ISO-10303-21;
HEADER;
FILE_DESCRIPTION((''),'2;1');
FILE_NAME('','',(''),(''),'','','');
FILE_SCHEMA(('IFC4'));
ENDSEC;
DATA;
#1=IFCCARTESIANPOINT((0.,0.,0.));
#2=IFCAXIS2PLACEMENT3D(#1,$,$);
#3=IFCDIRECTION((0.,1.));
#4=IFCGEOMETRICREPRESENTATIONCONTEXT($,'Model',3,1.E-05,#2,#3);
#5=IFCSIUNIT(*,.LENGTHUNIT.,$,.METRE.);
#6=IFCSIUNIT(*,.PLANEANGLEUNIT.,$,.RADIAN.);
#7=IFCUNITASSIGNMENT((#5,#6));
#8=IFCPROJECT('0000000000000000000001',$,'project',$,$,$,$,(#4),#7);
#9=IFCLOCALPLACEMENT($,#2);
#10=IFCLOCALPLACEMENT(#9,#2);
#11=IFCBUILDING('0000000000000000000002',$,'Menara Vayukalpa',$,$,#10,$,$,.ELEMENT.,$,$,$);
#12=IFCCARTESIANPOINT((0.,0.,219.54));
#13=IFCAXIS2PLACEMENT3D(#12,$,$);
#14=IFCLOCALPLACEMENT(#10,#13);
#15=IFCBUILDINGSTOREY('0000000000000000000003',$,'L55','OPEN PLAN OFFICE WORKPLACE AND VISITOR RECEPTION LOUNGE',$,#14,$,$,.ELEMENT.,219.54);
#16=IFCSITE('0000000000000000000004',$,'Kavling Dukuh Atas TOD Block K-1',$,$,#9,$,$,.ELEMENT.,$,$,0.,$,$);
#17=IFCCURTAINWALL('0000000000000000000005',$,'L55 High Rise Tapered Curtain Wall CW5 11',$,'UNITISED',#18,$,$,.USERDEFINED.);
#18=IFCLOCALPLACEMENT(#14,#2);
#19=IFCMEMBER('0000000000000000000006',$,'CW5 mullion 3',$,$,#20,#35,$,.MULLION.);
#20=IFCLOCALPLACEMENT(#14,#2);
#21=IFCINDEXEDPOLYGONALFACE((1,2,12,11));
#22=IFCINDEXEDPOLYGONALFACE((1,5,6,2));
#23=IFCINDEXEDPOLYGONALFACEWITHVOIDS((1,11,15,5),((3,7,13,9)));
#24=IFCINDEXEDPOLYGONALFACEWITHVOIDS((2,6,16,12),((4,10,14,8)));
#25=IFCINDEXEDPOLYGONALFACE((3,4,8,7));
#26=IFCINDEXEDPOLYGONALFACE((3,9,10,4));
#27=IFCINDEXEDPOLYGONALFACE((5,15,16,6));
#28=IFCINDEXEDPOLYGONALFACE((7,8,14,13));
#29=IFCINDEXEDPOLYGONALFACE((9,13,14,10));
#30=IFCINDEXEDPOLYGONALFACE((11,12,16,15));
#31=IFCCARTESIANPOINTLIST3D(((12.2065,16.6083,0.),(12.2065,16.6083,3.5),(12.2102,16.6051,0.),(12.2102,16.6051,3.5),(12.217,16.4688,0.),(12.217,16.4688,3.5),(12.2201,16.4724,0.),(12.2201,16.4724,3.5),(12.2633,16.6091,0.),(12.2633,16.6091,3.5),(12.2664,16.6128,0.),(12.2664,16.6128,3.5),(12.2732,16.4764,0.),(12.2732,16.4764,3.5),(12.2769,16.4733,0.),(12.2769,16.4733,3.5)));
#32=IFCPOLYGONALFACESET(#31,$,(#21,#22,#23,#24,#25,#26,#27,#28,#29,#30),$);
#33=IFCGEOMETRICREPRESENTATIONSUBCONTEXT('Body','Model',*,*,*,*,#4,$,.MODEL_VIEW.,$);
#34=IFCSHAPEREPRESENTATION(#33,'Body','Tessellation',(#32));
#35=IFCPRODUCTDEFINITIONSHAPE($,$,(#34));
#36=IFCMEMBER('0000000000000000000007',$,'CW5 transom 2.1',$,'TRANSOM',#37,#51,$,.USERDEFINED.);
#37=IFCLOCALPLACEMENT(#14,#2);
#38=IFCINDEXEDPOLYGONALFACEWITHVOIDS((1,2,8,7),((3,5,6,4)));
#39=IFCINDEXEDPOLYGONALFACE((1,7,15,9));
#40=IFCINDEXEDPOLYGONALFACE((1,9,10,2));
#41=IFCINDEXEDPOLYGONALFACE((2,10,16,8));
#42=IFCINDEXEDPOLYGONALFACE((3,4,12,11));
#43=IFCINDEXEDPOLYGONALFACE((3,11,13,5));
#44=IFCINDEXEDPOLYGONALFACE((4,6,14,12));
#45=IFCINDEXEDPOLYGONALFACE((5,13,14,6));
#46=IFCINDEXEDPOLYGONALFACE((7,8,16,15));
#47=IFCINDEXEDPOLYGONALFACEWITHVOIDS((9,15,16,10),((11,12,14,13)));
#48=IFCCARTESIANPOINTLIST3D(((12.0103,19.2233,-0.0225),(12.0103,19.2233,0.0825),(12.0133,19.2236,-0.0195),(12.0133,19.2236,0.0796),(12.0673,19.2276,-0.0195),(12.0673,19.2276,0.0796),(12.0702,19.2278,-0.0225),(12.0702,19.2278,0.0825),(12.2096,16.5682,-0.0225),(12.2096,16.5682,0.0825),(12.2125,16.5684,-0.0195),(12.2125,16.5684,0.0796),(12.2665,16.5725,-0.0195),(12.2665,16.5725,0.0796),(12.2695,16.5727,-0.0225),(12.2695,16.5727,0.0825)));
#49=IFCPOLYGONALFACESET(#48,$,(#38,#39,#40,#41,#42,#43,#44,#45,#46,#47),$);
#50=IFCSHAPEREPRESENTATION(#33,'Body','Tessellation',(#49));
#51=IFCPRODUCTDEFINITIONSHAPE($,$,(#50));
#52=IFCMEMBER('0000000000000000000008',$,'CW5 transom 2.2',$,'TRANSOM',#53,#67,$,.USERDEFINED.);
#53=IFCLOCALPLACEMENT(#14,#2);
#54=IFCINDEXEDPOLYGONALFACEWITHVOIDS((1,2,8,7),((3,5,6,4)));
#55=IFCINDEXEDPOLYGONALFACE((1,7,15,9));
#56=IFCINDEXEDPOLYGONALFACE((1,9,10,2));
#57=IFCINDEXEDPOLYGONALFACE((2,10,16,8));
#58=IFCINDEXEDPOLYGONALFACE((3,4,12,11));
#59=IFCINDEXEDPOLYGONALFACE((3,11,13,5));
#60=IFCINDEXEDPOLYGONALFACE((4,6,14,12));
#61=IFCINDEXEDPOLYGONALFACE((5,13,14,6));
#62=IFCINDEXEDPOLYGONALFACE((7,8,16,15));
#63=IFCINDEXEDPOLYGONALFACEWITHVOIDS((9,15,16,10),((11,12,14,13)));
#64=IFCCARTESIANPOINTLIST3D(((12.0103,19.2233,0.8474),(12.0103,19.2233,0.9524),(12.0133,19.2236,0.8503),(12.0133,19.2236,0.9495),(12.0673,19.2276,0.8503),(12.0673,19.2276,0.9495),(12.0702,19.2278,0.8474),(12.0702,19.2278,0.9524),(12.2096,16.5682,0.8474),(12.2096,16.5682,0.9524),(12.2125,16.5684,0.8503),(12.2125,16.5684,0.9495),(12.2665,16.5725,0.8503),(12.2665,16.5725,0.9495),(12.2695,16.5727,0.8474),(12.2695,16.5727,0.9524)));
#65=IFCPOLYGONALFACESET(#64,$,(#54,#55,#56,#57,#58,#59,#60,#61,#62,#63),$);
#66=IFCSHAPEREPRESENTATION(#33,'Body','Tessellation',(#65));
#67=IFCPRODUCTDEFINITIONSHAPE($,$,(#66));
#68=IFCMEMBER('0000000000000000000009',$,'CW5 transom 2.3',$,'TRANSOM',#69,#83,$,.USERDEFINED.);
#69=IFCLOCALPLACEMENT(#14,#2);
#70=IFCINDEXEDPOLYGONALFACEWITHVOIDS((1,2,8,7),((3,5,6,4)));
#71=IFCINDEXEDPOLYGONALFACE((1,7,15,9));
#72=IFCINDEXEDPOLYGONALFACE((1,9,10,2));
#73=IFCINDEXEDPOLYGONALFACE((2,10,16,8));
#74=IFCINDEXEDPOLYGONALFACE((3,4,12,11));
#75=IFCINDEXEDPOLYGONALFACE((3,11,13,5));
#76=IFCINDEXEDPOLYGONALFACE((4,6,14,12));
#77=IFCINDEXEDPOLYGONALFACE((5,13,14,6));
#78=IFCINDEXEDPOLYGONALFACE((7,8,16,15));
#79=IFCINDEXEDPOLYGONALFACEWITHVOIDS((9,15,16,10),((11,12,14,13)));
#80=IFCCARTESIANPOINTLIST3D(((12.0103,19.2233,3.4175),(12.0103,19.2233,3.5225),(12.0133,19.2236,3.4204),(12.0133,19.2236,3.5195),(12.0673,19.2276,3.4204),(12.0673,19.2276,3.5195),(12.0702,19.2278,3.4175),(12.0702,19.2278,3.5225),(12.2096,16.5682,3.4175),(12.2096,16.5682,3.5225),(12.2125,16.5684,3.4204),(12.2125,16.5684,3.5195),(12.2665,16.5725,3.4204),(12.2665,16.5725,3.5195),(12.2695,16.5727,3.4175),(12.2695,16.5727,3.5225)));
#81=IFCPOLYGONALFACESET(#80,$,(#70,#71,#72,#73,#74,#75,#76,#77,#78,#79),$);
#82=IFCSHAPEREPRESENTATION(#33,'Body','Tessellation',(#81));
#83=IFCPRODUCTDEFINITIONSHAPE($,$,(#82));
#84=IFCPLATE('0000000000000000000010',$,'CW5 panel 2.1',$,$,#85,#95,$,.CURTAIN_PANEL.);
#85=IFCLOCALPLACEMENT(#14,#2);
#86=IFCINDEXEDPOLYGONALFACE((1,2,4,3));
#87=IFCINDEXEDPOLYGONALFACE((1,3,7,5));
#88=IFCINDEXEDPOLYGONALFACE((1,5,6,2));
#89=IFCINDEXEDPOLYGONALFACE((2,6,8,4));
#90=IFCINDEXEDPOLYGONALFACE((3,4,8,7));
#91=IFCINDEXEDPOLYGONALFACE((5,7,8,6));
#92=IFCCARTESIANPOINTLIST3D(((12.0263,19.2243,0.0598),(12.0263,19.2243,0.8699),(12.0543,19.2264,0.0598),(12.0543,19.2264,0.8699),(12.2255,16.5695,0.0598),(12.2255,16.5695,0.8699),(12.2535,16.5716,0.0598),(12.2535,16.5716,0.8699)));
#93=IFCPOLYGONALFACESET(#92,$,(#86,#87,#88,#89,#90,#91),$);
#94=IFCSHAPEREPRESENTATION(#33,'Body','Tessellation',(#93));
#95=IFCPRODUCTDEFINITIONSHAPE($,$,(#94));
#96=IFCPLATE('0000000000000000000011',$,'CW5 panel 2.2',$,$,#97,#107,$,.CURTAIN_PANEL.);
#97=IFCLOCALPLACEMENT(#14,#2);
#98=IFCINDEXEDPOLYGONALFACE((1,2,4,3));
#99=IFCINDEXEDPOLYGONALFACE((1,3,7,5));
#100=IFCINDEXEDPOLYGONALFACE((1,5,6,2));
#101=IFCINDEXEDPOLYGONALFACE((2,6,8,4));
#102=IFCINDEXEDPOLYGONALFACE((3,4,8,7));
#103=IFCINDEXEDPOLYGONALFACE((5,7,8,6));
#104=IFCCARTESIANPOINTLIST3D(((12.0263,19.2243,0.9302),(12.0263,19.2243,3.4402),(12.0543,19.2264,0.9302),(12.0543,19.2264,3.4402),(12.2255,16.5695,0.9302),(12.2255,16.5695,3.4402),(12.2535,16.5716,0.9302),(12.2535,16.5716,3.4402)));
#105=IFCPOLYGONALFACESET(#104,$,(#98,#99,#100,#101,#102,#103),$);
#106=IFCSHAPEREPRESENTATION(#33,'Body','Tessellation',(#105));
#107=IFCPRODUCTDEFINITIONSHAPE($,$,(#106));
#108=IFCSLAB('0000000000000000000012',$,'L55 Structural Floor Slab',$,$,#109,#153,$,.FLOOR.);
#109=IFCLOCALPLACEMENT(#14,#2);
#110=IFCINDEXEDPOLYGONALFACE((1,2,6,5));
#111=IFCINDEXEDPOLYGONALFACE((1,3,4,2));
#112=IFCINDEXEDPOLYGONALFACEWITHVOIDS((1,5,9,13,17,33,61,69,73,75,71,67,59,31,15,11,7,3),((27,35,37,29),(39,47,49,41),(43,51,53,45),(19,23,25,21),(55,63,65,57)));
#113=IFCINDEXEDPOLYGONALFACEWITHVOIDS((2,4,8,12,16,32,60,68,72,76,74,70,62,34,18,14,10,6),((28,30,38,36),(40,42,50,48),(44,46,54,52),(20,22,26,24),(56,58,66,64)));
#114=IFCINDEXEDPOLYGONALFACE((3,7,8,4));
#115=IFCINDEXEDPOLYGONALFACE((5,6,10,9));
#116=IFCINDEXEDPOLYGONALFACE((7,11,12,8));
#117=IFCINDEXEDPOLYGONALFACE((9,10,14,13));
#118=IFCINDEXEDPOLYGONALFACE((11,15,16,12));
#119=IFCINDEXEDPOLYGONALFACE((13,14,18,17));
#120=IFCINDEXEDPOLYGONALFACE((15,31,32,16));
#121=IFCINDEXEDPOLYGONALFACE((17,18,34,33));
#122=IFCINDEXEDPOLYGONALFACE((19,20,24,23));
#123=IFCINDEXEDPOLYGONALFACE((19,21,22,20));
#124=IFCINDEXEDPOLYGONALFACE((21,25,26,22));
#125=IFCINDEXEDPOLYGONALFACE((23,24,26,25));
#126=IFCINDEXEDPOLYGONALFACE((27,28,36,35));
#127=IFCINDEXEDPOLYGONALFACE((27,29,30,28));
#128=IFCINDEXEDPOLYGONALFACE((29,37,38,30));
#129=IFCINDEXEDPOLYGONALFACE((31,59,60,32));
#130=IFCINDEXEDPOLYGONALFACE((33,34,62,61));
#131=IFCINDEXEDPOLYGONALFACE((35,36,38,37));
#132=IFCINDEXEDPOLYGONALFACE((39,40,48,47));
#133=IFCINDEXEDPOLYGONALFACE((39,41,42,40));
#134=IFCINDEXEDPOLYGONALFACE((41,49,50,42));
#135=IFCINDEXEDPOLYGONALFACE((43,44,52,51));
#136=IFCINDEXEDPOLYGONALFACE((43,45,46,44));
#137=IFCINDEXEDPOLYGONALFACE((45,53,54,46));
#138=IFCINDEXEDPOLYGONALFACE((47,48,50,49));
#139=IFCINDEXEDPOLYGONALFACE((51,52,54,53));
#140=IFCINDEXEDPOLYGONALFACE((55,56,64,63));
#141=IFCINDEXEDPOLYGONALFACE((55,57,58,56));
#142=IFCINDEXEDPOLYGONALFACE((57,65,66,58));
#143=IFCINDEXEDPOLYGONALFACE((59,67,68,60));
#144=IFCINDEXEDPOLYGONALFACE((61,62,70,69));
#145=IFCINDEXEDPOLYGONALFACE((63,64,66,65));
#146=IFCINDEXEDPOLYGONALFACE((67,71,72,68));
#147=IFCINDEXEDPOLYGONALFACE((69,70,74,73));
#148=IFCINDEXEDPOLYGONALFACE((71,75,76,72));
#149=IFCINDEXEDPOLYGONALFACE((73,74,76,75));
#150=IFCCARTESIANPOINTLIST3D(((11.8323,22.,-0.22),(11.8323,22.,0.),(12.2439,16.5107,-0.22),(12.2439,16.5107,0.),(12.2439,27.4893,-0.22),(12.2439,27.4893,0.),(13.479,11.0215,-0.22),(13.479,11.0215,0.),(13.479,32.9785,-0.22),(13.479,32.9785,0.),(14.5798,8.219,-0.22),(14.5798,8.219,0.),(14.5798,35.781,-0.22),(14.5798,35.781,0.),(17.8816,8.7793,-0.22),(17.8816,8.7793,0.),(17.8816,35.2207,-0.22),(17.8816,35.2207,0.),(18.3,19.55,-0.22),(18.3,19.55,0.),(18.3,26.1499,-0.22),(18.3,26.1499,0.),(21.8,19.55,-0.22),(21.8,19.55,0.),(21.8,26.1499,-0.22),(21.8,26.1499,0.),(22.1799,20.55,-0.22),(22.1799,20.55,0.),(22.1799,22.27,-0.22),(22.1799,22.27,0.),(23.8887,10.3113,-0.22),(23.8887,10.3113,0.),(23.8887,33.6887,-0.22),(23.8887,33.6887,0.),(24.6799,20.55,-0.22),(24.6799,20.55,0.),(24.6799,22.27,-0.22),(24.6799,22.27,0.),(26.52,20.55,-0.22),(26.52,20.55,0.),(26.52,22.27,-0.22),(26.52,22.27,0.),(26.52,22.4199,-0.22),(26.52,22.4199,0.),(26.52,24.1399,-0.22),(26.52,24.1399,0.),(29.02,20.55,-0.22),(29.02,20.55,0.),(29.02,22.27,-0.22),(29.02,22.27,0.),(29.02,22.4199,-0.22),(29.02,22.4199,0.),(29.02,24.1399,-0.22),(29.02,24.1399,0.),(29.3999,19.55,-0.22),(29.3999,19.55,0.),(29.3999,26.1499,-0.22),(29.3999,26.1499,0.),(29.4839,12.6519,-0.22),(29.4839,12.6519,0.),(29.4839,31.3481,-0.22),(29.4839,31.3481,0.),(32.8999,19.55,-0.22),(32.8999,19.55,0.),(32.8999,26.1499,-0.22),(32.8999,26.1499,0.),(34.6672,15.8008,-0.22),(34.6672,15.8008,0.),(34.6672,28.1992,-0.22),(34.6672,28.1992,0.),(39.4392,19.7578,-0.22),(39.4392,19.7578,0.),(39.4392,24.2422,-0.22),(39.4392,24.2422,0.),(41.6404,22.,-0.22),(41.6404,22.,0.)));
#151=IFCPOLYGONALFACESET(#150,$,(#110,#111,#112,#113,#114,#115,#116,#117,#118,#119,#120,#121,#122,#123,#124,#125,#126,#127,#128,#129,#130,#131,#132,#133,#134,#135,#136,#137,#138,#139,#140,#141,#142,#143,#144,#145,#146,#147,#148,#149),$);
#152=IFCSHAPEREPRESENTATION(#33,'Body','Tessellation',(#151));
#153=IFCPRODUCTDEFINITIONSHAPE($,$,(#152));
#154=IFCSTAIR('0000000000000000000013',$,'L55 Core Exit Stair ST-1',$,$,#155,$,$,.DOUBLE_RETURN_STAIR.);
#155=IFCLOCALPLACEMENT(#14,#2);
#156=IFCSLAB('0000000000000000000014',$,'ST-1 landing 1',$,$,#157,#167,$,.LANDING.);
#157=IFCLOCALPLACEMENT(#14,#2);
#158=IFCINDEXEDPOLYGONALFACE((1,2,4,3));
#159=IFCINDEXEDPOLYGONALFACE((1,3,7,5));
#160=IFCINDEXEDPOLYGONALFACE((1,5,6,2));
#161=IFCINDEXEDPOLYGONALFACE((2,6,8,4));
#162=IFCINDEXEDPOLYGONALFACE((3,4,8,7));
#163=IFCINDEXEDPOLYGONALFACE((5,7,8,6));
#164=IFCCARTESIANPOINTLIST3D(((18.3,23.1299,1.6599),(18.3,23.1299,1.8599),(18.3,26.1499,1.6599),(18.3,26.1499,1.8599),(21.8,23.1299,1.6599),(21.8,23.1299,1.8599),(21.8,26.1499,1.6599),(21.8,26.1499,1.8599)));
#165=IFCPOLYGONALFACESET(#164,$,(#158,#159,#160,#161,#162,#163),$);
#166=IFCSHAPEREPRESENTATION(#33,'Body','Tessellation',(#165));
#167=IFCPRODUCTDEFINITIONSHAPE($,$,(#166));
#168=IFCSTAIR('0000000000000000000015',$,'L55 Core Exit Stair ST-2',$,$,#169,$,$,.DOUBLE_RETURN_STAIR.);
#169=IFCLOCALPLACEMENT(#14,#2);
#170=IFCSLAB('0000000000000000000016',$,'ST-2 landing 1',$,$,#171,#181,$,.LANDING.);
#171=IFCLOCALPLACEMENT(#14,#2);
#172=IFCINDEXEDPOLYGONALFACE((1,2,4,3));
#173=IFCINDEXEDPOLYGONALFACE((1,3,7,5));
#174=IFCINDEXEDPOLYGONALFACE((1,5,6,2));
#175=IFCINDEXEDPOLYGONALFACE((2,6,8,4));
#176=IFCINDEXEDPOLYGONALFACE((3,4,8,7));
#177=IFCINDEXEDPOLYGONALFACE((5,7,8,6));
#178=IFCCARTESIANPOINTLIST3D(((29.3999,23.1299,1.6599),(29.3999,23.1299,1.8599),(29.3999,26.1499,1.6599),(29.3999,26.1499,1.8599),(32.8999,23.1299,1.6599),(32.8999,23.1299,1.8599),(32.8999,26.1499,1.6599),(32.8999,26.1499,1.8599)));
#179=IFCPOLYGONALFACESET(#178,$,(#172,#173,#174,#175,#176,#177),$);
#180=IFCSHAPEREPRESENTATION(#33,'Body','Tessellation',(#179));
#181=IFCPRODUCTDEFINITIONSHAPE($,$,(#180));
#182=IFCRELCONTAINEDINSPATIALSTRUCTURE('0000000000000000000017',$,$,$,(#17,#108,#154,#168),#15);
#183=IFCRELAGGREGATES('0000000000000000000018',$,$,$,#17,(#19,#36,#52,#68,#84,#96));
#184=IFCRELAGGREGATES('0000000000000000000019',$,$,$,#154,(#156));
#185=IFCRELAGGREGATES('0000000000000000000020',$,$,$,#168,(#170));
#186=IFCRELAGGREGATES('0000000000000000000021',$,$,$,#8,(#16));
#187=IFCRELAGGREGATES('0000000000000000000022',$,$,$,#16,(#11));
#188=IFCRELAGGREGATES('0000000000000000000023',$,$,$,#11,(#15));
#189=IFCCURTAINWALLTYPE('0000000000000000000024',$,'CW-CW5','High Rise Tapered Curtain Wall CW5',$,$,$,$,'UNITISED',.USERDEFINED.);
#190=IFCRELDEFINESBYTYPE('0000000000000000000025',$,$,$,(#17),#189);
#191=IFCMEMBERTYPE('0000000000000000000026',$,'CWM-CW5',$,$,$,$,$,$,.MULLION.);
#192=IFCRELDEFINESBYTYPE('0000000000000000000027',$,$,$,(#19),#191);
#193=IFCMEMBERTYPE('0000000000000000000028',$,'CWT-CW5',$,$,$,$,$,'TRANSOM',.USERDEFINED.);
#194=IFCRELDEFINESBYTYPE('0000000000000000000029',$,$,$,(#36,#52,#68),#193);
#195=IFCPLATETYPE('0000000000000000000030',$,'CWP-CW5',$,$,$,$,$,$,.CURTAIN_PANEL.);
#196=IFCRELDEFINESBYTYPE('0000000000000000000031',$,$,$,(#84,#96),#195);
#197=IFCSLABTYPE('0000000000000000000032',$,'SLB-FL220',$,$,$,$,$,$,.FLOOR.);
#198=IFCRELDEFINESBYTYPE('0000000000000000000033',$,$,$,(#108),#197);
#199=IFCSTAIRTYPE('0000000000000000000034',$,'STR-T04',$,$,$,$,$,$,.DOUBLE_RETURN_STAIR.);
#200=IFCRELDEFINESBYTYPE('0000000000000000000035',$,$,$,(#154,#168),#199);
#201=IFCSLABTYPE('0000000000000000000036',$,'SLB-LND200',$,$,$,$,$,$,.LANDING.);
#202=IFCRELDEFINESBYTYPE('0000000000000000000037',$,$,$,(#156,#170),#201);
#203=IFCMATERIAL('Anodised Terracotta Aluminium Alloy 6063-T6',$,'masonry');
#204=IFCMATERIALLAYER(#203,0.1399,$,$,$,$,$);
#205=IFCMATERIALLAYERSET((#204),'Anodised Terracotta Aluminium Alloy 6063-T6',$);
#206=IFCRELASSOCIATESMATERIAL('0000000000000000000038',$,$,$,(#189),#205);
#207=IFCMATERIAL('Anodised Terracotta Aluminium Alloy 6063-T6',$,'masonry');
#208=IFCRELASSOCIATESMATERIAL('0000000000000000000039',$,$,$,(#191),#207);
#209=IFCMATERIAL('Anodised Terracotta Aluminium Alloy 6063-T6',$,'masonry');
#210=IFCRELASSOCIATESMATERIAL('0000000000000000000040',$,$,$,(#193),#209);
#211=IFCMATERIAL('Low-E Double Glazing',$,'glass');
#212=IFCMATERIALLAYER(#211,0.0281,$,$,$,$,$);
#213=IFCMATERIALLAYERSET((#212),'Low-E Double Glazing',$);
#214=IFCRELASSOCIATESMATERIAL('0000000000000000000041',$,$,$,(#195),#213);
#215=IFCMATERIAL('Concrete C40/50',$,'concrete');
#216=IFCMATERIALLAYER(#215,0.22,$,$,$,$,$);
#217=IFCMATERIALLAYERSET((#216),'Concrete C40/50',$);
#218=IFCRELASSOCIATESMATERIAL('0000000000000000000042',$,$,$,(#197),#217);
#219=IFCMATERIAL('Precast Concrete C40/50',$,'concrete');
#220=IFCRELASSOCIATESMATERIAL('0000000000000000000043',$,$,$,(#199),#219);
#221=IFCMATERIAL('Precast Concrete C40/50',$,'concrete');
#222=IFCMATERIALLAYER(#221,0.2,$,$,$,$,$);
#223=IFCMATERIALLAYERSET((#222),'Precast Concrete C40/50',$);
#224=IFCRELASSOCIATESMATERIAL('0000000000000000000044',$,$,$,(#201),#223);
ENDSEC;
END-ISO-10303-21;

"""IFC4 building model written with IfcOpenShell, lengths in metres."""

from ifc_helpers import new_model, si_unit, direction, frame, origin, origin_2d, place, context, subcontext, project, spatial, polyline, rectangle, hollow_rectangle, outline, extrude, material, layer, layer_set, material_profile, profile_set, type_object, element, aggregate, save


model = new_model("IFC4")

# Units and contexts
model_context = context("Model", 3, precision=1e-05, world=origin(), true_north=direction((0.0, 1.0)))
body_context = subcontext(model_context, "Body", "Model", "MODEL_VIEW")
ifc_project = project(units=[si_unit("LENGTHUNIT", "METRE"), si_unit("PLANEANGLEUNIT", "RADIAN")], contexts=[model_context])

# Site, building, storey
site_placement = place(None, origin())
site = spatial("IfcSite", under=ifc_project, at=site_placement, Name="Kavling Dukuh Atas TOD Block K-1", CompositionType="ELEMENT", RefElevation=0.0)
building_placement = place(site_placement, origin())
building = spatial("IfcBuilding", under=site, at=building_placement, Name="Menara Vayukalpa", CompositionType="ELEMENT")
storey_placement = place(building_placement, frame((0.0, 0.0, 219.54)))
storey = spatial("IfcBuildingStorey", under=building, at=storey_placement, Name="L55", Description="OPEN PLAN OFFICE WORKPLACE AND VISITOR RECEPTION LOUNGE", CompositionType="ELEMENT", Elevation=219.54)

# Curtain wall, members, plates
ifc_material_1 = material(Name="Anodised Terracotta Aluminium Alloy 6063-T6", Category="masonry")
ifc_layer_1 = layer(ifc_material_1, 0.1399)
ifc_layer_set_1 = layer_set([ifc_layer_1], Name="Anodised Terracotta Aluminium Alloy 6063-T6")
curtain_wall_type = type_object("IfcCurtainWallType", Name="CW-CW5", Description="High Rise Tapered Curtain Wall CW5", ElementType="UNITISED", PredefinedType="USERDEFINED", material=ifc_layer_set_1)
curtain_wall_placement = place(storey_placement, origin())
curtain_wall = element("IfcCurtainWall", 1, at=curtain_wall_placement, inside=storey, type_object=curtain_wall_type, Name="L55 High Rise Tapered Curtain Wall CW5 11", ObjectType="UNITISED", PredefinedType="USERDEFINED")
ifc_material_2 = material(Name="Anodised Terracotta Aluminium Alloy 6063-T6", Category="masonry")
ifc_material_profile_1 = material_profile(ifc_material_2, hollow_rectangle(XDim=0.0601, YDim=0.1399, WallThickness=0.0034, at=origin_2d()), Name="ALU 60x140x3.5")
ifc_profile_set_1 = profile_set([ifc_material_profile_1], Name="Anodised Terracotta Aluminium Alloy 6063-T6")
member_type_1 = type_object("IfcMemberType", Name="CWM-CW5", PredefinedType="MULLION", material=ifc_profile_set_1)
member_1_placement = place(storey_placement, frame((12.2417, 16.5408, 0.0), z_axis=(0.0, 0.0, 1.0), x_axis=(0.997199, 0.074792, 0.0)))
member_1 = element("IfcMember", 2, at=member_1_placement, type_object=member_type_1, Name="CW5 mullion 3", PredefinedType="MULLION", context=body_context, shape_type="SweptSolid", body=[
    extrude(hollow_rectangle(XDim=0.0601, YDim=0.1399, WallThickness=0.0034, at=origin_2d()), origin(), (0.0, 0.0, 1.0), 3.5),
])
ifc_material_3 = material(Name="Anodised Terracotta Aluminium Alloy 6063-T6", Category="masonry")
ifc_material_profile_2 = material_profile(ifc_material_3, hollow_rectangle(XDim=0.0601, YDim=0.105, WallThickness=0.0029, at=origin_2d()), Name="ALU 60x105x3")
ifc_profile_set_2 = profile_set([ifc_material_profile_2], Name="Anodised Terracotta Aluminium Alloy 6063-T6")
member_type_2 = type_object("IfcMemberType", Name="CWT-CW5", ElementType="TRANSOM", PredefinedType="USERDEFINED", material=ifc_profile_set_2)
member_2_placement = place(storey_placement, frame((12.0403, 19.2256, 0.03), z_axis=(0.074824, -0.997197, 0.0), x_axis=(0.997197, 0.074824, 0.0)))
member_2 = element("IfcMember", 3, at=member_2_placement, type_object=member_type_2, Name="CW5 transom 2.1", ObjectType="TRANSOM", PredefinedType="USERDEFINED", context=body_context, shape_type="SweptSolid", body=[
    extrude(hollow_rectangle(XDim=0.0601, YDim=0.105, WallThickness=0.0029, at=origin_2d()), origin(), (0.0, 0.0, 1.0), 2.6626),
])
member_3_placement = place(storey_placement, frame((12.0403, 19.2256, 0.8999), z_axis=(0.074824, -0.997197, 0.0), x_axis=(0.997197, 0.074824, 0.0)))
member_3 = element("IfcMember", 4, at=member_3_placement, type_object=member_type_2, Name="CW5 transom 2.2", ObjectType="TRANSOM", PredefinedType="USERDEFINED", context=body_context, shape_type="SweptSolid", body=[
    extrude(hollow_rectangle(XDim=0.0601, YDim=0.105, WallThickness=0.0029, at=origin_2d()), origin(), (0.0, 0.0, 1.0), 2.6626),
])
member_4_placement = place(storey_placement, frame((12.0403, 19.2256, 3.47), z_axis=(0.074824, -0.997197, 0.0), x_axis=(0.997197, 0.074824, 0.0)))
member_4 = element("IfcMember", 5, at=member_4_placement, type_object=member_type_2, Name="CW5 transom 2.3", ObjectType="TRANSOM", PredefinedType="USERDEFINED", context=body_context, shape_type="SweptSolid", body=[
    extrude(hollow_rectangle(XDim=0.0601, YDim=0.105, WallThickness=0.0029, at=origin_2d()), origin(), (0.0, 0.0, 1.0), 2.6626),
])
ifc_material_4 = material(Name="Low-E Double Glazing", Category="glass")
ifc_layer_2 = layer(ifc_material_4, 0.0281)
ifc_layer_set_2 = layer_set([ifc_layer_2], Name="Low-E Double Glazing")
plate_type = type_object("IfcPlateType", Name="CWP-CW5", PredefinedType="CURTAIN_PANEL", material=ifc_layer_set_2)
plate_1_placement = place(storey_placement, frame((12.1399, 17.8979, 0.0598), z_axis=(0.0, 0.0, 1.0), x_axis=(0.074792, -0.997199, 0.0)))
plate_1 = element("IfcPlate", 6, at=plate_1_placement, type_object=plate_type, Name="CW5 panel 2.1", PredefinedType="CURTAIN_PANEL", context=body_context, shape_type="SweptSolid", body=[
    extrude(rectangle(XDim=2.6624, YDim=0.0281, at=origin_2d()), origin(), (0.0, 0.0, 1.0), 0.8101),
])
plate_2_placement = place(storey_placement, frame((12.1399, 17.8979, 0.9302), z_axis=(0.0, 0.0, 1.0), x_axis=(0.074792, -0.997199, 0.0)))
plate_2 = element("IfcPlate", 7, at=plate_2_placement, type_object=plate_type, Name="CW5 panel 2.2", PredefinedType="CURTAIN_PANEL", context=body_context, shape_type="SweptSolid", body=[
    extrude(rectangle(XDim=2.6624, YDim=0.0281, at=origin_2d()), origin(), (0.0, 0.0, 1.0), 2.51),
])
aggregate(curtain_wall, [member_1, member_2, member_3, member_4, plate_1, plate_2])

# Slab
ifc_material_5 = material(Name="Concrete C40/50", Category="concrete")
ifc_layer_3 = layer(ifc_material_5, 0.22)
ifc_layer_set_3 = layer_set([ifc_layer_3], Name="Concrete C40/50")
slab_type_1 = type_object("IfcSlabType", Name="SLB-FL220", PredefinedType="FLOOR", material=ifc_layer_set_3)
slab_1_placement = place(storey_placement, frame((0.0, 0.0, -0.22)))
element("IfcSlab", 8, at=slab_1_placement, inside=storey, type_object=slab_type_1, Name="L55 Structural Floor Slab", PredefinedType="FLOOR", context=body_context, shape_type="SweptSolid", body=[
    extrude(outline(polyline([(39.4392, 19.7578), (41.6404, 22.0), (39.4392, 24.2422), (34.6672, 28.1992), (29.4839, 31.3481), (23.8887, 33.6887), (17.8816, 35.2207), (14.5798, 35.781), (13.479, 32.9785), (12.2439, 27.4893), (11.8323, 22.0), (12.2439, 16.5107), (13.479, 11.0215), (14.5798, 8.219), (17.8816, 8.7793), (23.8887, 10.3113), (29.4839, 12.6519), (34.6672, 15.8008), (39.4392, 19.7578)]), holes=[polyline([(21.8, 19.55), (21.8, 26.1499), (18.3, 26.1499), (18.3, 19.55), (21.8, 19.55)]), polyline([(32.8999, 19.55), (32.8999, 26.1499), (29.3999, 26.1499), (29.3999, 19.55), (32.8999, 19.55)]), polyline([(22.1799, 20.55), (24.6799, 20.55), (24.6799, 22.27), (22.1799, 22.27), (22.1799, 20.55)]), polyline([(26.52, 20.55), (29.02, 20.55), (29.02, 22.27), (26.52, 22.27), (26.52, 20.55)]), polyline([(26.52, 22.4199), (29.02, 22.4199), (29.02, 24.1399), (26.52, 24.1399), (26.52, 22.4199)])]), origin(), (0.0, 0.0, 1.0), 0.22),
])

# Stairs, slabs
ifc_material_6 = material(Name="Precast Concrete C40/50", Category="concrete")
stair_type = type_object("IfcStairType", Name="STR-T04", PredefinedType="DOUBLE_RETURN_STAIR", material=ifc_material_6)
stair_1_placement = place(storey_placement, origin())
stair_1 = element("IfcStair", 9, at=stair_1_placement, inside=storey, type_object=stair_type, Name="L55 Core Exit Stair ST-1", PredefinedType="DOUBLE_RETURN_STAIR")
ifc_material_7 = material(Name="Precast Concrete C40/50", Category="concrete")
ifc_layer_4 = layer(ifc_material_7, 0.2)
ifc_layer_set_4 = layer_set([ifc_layer_4], Name="Precast Concrete C40/50")
slab_type_2 = type_object("IfcSlabType", Name="SLB-LND200", PredefinedType="LANDING", material=ifc_layer_set_4)
slab_2_placement = place(storey_placement, frame((0.0, 0.0, 1.6599)))
slab_2 = element("IfcSlab", 10, at=slab_2_placement, type_object=slab_type_2, Name="ST-1 landing 1", PredefinedType="LANDING", context=body_context, shape_type="SweptSolid", body=[
    extrude(outline(polyline([(21.8, 23.1299), (21.8, 26.1499), (18.3, 26.1499), (18.3, 23.1299), (21.8, 23.1299)])), origin(), (0.0, 0.0, 1.0), 0.2),
])
aggregate(stair_1, [slab_2])
stair_2_placement = place(storey_placement, origin())
stair_2 = element("IfcStair", 11, at=stair_2_placement, inside=storey, type_object=stair_type, Name="L55 Core Exit Stair ST-2", PredefinedType="DOUBLE_RETURN_STAIR")
slab_3_placement = place(storey_placement, frame((0.0, 0.0, 1.6599)))
slab_3 = element("IfcSlab", 12, at=slab_3_placement, type_object=slab_type_2, Name="ST-2 landing 1", PredefinedType="LANDING", context=body_context, shape_type="SweptSolid", body=[
    extrude(outline(polyline([(32.8999, 23.1299), (32.8999, 26.1499), (29.3999, 26.1499), (29.3999, 23.1299), (32.8999, 23.1299)])), origin(), (0.0, 0.0, 1.0), 0.2),
])
aggregate(stair_2, [slab_3])

save(model, "model.ifc")
